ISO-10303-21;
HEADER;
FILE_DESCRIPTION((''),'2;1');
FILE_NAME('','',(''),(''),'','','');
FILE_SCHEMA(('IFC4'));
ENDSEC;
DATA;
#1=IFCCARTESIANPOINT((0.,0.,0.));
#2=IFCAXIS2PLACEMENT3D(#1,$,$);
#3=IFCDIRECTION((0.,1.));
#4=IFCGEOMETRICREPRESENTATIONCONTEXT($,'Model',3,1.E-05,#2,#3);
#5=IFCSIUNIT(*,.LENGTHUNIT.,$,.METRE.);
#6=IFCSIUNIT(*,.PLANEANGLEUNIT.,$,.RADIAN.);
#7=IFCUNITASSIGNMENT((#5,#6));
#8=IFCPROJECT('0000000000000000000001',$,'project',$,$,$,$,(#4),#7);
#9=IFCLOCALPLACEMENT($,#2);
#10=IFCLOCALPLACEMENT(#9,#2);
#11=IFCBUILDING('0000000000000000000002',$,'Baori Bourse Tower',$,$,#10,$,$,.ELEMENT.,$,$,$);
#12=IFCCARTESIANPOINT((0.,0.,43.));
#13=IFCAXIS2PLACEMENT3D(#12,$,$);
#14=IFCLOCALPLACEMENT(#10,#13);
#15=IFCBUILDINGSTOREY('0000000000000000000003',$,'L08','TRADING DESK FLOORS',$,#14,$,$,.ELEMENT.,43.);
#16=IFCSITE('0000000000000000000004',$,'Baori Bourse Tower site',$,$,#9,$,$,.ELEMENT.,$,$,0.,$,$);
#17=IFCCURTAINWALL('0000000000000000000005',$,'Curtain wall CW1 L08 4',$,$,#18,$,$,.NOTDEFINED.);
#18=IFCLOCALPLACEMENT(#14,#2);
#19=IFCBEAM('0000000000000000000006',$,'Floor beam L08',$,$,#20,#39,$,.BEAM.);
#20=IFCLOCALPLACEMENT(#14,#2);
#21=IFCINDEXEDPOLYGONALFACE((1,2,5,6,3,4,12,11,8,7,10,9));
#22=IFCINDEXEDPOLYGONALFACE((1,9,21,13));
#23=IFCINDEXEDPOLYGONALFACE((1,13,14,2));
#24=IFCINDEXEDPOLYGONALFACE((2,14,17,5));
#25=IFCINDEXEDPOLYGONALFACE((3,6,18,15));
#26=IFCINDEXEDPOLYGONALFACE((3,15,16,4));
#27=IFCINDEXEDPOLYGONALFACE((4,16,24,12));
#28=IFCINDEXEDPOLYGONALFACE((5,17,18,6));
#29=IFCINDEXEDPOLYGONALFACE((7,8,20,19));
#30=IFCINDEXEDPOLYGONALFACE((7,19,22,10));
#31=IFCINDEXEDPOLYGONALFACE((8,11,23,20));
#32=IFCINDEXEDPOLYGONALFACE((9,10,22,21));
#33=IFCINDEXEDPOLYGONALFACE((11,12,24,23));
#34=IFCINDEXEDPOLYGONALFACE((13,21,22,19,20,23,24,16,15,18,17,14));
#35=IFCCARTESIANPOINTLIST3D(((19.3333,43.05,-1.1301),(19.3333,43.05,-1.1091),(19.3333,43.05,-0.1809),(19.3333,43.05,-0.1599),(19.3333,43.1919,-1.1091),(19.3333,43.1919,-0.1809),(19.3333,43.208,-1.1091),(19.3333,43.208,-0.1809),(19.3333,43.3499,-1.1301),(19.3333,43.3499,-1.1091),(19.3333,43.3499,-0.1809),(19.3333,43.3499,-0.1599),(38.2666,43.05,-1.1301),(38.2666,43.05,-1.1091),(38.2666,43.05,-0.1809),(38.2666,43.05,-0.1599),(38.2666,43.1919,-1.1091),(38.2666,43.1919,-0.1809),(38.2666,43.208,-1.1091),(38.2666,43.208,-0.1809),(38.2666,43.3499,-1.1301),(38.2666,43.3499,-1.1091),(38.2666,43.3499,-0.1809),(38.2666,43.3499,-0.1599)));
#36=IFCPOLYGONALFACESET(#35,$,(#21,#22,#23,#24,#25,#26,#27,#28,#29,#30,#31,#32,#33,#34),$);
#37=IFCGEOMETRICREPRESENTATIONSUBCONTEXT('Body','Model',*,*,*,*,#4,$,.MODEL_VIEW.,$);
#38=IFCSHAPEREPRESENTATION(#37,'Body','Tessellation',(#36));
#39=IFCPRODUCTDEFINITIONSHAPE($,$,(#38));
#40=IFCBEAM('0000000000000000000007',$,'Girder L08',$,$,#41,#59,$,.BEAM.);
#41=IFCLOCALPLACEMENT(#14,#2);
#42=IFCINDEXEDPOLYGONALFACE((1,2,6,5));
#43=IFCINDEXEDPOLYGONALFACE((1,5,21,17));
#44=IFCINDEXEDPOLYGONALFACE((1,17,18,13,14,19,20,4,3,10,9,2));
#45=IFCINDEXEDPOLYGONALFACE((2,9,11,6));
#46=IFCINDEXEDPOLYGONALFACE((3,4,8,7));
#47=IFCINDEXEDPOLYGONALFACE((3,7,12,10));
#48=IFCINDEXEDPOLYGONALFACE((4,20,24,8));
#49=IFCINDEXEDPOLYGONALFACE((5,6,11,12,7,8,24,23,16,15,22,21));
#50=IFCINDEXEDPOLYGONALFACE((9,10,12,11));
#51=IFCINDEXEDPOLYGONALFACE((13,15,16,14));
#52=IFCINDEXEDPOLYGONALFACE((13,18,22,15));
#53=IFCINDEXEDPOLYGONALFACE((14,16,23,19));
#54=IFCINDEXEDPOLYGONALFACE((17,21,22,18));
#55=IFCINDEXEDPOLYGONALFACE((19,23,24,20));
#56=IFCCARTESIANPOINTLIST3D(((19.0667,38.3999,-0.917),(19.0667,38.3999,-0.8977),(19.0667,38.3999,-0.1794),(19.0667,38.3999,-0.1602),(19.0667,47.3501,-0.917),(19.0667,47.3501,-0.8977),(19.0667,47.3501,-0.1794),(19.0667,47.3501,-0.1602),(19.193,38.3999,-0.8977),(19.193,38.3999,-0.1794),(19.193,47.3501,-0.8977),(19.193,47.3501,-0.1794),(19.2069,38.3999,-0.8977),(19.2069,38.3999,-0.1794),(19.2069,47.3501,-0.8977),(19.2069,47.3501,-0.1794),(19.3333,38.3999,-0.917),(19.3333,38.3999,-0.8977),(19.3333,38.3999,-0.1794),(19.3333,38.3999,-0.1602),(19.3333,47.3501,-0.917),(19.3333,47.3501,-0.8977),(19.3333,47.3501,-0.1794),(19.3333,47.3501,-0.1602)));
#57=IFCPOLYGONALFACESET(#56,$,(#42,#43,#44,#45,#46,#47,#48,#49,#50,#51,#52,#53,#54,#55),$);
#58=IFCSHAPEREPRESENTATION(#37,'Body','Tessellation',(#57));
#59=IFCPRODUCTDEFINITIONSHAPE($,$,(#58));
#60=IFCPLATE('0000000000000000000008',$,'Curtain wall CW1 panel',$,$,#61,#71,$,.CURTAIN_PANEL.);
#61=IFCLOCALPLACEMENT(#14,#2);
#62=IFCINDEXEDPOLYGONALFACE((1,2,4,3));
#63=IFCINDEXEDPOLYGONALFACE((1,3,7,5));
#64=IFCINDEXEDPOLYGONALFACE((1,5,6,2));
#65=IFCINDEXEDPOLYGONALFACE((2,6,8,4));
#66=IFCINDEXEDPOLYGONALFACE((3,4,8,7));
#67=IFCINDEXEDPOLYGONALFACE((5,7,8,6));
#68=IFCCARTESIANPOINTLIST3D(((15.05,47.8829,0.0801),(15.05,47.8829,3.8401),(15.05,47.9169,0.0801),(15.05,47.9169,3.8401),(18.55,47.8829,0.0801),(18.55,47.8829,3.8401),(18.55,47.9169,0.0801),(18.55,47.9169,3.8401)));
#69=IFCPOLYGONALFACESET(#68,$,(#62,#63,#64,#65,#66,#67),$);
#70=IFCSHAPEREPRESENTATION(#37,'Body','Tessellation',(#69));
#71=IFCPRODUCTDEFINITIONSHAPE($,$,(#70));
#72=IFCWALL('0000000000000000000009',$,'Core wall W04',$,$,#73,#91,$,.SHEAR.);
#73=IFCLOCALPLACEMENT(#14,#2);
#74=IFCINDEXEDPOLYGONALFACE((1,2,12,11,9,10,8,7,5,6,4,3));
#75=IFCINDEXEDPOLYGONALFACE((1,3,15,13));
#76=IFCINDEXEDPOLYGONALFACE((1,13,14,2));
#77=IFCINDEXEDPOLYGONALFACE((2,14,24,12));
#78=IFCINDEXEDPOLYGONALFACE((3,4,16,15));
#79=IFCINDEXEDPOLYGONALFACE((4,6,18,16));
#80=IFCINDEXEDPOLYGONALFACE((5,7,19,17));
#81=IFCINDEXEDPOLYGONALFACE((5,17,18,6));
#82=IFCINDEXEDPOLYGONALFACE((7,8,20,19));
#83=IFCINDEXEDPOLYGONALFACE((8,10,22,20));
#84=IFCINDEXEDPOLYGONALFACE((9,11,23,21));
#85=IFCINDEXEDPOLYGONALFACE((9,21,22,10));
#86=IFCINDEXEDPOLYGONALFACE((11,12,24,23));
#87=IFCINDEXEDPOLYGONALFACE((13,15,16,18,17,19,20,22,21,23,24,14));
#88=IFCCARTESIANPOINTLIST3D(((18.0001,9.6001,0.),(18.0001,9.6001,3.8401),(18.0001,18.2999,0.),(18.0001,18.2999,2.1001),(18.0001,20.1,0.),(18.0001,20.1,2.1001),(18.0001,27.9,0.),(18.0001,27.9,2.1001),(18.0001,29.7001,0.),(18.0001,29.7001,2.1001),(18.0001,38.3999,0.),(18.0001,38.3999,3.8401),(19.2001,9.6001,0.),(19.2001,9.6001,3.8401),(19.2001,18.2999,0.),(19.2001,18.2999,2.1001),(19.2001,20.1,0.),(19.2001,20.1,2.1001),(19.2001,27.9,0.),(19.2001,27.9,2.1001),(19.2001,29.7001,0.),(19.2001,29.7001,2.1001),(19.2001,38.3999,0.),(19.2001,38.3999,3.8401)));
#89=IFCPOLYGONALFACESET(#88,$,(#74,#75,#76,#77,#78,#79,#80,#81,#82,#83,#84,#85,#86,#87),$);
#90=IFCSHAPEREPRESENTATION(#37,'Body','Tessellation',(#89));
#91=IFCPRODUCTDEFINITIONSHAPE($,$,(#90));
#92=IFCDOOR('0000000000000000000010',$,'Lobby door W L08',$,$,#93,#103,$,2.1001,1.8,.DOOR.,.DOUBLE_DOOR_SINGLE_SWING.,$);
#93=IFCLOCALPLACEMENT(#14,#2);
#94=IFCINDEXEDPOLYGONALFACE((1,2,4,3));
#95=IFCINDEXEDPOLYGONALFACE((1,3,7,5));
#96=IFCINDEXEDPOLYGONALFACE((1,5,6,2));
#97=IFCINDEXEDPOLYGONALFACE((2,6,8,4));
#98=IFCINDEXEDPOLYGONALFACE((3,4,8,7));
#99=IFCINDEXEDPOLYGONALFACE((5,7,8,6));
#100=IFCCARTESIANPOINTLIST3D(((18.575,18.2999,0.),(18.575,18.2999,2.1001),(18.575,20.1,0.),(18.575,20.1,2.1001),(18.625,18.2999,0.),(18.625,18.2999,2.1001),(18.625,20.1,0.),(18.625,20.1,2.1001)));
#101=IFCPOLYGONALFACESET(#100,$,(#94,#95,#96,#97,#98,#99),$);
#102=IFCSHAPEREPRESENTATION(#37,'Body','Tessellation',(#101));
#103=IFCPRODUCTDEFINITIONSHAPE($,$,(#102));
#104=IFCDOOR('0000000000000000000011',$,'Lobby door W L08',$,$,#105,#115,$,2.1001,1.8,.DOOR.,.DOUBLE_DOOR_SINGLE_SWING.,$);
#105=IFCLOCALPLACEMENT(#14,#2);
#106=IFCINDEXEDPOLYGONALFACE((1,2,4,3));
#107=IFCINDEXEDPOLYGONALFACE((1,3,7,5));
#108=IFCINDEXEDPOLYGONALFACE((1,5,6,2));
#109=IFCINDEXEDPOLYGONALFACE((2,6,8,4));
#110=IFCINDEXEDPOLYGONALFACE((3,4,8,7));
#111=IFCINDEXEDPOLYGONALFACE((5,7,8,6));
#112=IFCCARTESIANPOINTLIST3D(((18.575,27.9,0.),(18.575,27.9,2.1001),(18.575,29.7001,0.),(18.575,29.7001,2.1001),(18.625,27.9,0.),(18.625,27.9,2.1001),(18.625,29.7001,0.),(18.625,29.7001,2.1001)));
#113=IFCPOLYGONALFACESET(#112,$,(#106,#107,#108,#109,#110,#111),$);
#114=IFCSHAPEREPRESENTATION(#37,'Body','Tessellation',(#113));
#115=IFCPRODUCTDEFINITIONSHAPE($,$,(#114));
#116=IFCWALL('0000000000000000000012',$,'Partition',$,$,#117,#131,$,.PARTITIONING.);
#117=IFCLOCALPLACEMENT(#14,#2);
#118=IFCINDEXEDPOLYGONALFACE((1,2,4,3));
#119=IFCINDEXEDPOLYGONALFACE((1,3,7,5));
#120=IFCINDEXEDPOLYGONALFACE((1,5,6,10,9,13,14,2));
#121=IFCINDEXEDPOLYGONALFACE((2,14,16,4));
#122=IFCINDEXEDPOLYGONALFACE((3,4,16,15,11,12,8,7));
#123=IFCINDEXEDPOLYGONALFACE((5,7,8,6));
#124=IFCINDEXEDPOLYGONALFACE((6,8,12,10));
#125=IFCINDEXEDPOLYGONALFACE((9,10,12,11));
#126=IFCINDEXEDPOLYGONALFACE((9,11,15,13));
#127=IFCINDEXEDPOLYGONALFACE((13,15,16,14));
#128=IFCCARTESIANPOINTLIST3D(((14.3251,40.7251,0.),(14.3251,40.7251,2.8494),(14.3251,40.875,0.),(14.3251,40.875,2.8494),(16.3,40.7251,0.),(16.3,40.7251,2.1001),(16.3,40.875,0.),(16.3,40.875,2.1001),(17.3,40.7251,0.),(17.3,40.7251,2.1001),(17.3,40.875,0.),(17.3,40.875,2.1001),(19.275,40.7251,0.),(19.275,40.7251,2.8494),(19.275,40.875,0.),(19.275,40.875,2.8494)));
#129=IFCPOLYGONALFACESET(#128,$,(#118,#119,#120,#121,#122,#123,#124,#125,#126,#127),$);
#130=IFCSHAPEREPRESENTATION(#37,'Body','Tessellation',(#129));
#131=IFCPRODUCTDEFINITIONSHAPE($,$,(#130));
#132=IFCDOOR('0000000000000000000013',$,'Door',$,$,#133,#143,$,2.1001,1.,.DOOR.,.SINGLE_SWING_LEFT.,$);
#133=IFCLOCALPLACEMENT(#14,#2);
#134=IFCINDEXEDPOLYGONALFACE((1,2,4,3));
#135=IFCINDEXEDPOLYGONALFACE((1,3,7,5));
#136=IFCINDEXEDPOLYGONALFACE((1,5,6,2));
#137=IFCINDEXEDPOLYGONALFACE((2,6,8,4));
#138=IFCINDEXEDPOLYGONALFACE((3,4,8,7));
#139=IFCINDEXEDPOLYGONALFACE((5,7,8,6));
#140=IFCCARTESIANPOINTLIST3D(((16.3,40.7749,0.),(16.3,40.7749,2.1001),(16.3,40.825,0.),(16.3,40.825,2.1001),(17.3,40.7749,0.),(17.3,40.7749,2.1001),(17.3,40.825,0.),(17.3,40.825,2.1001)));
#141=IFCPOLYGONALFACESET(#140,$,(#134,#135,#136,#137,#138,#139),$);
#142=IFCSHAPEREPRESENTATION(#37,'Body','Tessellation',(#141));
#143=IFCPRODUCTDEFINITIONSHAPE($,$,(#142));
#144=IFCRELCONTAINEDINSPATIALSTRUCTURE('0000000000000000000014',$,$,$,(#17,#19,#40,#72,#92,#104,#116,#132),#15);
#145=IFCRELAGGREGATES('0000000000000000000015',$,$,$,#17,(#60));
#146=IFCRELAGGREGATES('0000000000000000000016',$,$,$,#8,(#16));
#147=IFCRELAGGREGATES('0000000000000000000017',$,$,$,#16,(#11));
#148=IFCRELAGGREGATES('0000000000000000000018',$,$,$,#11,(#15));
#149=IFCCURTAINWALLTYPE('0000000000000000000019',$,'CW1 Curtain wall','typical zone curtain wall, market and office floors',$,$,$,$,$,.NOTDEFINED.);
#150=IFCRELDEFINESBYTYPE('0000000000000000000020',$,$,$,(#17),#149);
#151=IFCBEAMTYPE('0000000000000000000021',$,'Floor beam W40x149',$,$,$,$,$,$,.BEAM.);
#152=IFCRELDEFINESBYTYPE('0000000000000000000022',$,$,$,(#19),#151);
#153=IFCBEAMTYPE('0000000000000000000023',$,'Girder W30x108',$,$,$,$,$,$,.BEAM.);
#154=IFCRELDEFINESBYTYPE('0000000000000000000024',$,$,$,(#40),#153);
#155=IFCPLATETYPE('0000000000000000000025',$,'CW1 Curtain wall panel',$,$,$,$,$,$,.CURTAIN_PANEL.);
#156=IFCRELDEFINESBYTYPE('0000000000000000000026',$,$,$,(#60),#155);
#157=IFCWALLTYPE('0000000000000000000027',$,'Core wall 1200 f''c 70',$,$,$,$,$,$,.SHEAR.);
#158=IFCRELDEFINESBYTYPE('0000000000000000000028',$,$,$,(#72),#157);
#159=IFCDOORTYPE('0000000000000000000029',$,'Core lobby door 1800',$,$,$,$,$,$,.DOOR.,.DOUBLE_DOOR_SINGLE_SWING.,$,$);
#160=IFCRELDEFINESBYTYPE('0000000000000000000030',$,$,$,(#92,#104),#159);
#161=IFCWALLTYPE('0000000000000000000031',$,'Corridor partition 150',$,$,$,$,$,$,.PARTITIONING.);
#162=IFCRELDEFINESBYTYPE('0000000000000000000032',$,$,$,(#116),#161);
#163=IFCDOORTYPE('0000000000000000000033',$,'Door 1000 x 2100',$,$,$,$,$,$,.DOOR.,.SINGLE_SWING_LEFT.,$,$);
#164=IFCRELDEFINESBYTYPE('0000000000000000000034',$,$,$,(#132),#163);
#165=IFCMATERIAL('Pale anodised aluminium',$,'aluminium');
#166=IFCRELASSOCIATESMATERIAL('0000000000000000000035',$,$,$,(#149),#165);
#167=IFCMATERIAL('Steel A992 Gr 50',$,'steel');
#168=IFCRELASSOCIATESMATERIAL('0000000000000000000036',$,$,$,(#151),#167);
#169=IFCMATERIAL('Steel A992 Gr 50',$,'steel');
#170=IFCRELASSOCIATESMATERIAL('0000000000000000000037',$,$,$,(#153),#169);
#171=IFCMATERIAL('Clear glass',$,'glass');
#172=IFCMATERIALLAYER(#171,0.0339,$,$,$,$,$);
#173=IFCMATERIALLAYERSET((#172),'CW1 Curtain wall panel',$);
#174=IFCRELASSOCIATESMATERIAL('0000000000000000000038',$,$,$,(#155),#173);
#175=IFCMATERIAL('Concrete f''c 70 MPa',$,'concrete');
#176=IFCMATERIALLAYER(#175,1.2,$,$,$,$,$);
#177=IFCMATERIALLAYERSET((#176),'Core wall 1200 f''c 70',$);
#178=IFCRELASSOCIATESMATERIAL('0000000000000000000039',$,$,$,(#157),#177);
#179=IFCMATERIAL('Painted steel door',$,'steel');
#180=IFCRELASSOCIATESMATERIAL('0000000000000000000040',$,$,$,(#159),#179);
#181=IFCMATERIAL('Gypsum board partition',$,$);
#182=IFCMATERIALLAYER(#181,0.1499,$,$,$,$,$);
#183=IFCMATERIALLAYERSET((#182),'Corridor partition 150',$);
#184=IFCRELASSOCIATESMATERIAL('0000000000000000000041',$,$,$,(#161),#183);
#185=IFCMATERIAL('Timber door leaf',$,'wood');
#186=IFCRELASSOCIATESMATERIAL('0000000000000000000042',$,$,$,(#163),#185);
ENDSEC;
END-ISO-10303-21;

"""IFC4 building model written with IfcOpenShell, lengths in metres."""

from ifc_helpers import new_model, si_unit, direction, frame, frame_2d, origin, origin_2d, place, context, subcontext, project, spatial, rectangle, i_section, extrude, material, layer, layer_set, material_profile, profile_set, type_object, element, fill, aggregate, save


model = new_model("IFC4")

# Units and contexts
model_context = context("Model", 3, precision=1e-05, world=origin(), true_north=direction((0.0, 1.0)))
body_context = subcontext(model_context, "Body", "Model", "MODEL_VIEW")
ifc_project = project(units=[si_unit("LENGTHUNIT", "METRE"), si_unit("PLANEANGLEUNIT", "RADIAN")], contexts=[model_context])

# Site, building, storey
site_placement = place(None, origin())
site = spatial("IfcSite", under=ifc_project, at=site_placement, Name="Baori Bourse Tower site", CompositionType="ELEMENT", RefElevation=0.0)
building_placement = place(site_placement, origin())
building = spatial("IfcBuilding", under=site, at=building_placement, Name="Baori Bourse Tower", CompositionType="ELEMENT")
storey_placement = place(building_placement, frame((0.0, 0.0, 43.0)))
storey = spatial("IfcBuildingStorey", under=building, at=storey_placement, Name="L08", Description="TRADING DESK FLOORS", CompositionType="ELEMENT", Elevation=43.0)

# Curtain wall
ifc_material_1 = material(Name="Pale anodised aluminium", Category="aluminium")
curtain_wall_type = type_object("IfcCurtainWallType", Name="CW1 Curtain wall", Description="typical zone curtain wall, market and office floors", PredefinedType="NOTDEFINED", material=ifc_material_1)
curtain_wall_placement = place(storey_placement, origin())
curtain_wall = element("IfcCurtainWall", 1, at=curtain_wall_placement, inside=storey, type_object=curtain_wall_type, Name="Curtain wall CW1 L08 4", PredefinedType="NOTDEFINED")

# Beams
ifc_material_2 = material(Name="Steel A992 Gr 50", Category="steel")
ifc_material_profile_1 = material_profile(ifc_material_2, i_section(OverallWidth=0.2998, OverallDepth=0.9702, WebThickness=0.0161, FlangeThickness=0.021, at=origin_2d()), Name="W40x149")
ifc_profile_set_1 = profile_set([ifc_material_profile_1], Name="Steel A992 Gr 50")
beam_type_1 = type_object("IfcBeamType", Name="Floor beam W40x149", PredefinedType="BEAM", material=ifc_profile_set_1)
beam_1_placement = place(storey_placement, frame((19.3333, 43.2, -0.645), z_axis=(1.0, 0.0, 0.0), x_axis=(0.0, 1.0, 0.0)))
element("IfcBeam", 2, at=beam_1_placement, inside=storey, type_object=beam_type_1, Name="Floor beam L08", PredefinedType="BEAM", context=body_context, shape_type="SweptSolid", body=[
    extrude(i_section(OverallWidth=0.2998, OverallDepth=0.9702, WebThickness=0.0161, FlangeThickness=0.021, at=origin_2d()), origin(), (0.0, 0.0, 1.0), 18.9333),
])
ifc_material_3 = material(Name="Steel A992 Gr 50", Category="steel")
ifc_material_profile_2 = material_profile(ifc_material_3, i_section(OverallWidth=0.2666, OverallDepth=0.7568, WebThickness=0.0139, FlangeThickness=0.0193, at=origin_2d()), Name="W30x108")
ifc_profile_set_2 = profile_set([ifc_material_profile_2], Name="Steel A992 Gr 50")
beam_type_2 = type_object("IfcBeamType", Name="Girder W30x108", PredefinedType="BEAM", material=ifc_profile_set_2)
beam_2_placement = place(storey_placement, frame((19.2, 38.3999, -0.5386), z_axis=(0.0, 1.0, 0.0), x_axis=(-1.0, 0.0, 0.0)))
element("IfcBeam", 3, at=beam_2_placement, inside=storey, type_object=beam_type_2, Name="Girder L08", PredefinedType="BEAM", context=body_context, shape_type="SweptSolid", body=[
    extrude(i_section(OverallWidth=0.2666, OverallDepth=0.7568, WebThickness=0.0139, FlangeThickness=0.0193, at=origin_2d()), origin(), (0.0, 0.0, 1.0), 8.9502),
])

# Plate
ifc_material_4 = material(Name="Clear glass", Category="glass")
ifc_layer_1 = layer(ifc_material_4, 0.0339)
ifc_layer_set_1 = layer_set([ifc_layer_1], Name="CW1 Curtain wall panel")
plate_type = type_object("IfcPlateType", Name="CW1 Curtain wall panel", PredefinedType="CURTAIN_PANEL", material=ifc_layer_set_1)
plate_placement = place(storey_placement, frame((16.8, 47.8999, 0.0801), z_axis=(0.0, 0.0, 1.0), x_axis=(-1.0, 0.0, 0.0)))
plate = element("IfcPlate", 4, at=plate_placement, type_object=plate_type, Name="Curtain wall CW1 panel", PredefinedType="CURTAIN_PANEL", context=body_context, shape_type="SweptSolid", body=[
    extrude(rectangle(XDim=3.5, YDim=0.0339, at=origin_2d()), origin(), (0.0, 0.0, 1.0), 3.76),
])
aggregate(curtain_wall, [plate])

# Wall, openings, doors
ifc_material_5 = material(Name="Concrete f'c 70 MPa", Category="concrete")
ifc_layer_2 = layer(ifc_material_5, 1.2)
ifc_layer_set_2 = layer_set([ifc_layer_2], Name="Core wall 1200 f'c 70")
wall_type_1 = type_object("IfcWallType", Name="Core wall 1200 f'c 70", PredefinedType="SHEAR", material=ifc_layer_set_2)
wall_1_placement = place(storey_placement, frame((18.6001, 38.3999, 0.0), z_axis=(0.0, 0.0, 1.0), x_axis=(0.0, -1.0, 0.0)))
wall_1 = element("IfcWall", 5, at=wall_1_placement, inside=storey, type_object=wall_type_1, Name="Core wall W04", PredefinedType="SHEAR", context=body_context, shape_type="SweptSolid", body=[
    extrude(rectangle(XDim=28.7998, YDim=1.2, at=frame_2d((14.3999, 0.0))), origin(), (0.0, 0.0, 1.0), 3.8401),
])
opening_1_placement = place(wall_1_placement, frame((18.3, 0.0, 0.0)))
opening_1 = element("IfcOpeningElement", 6, at=opening_1_placement, cuts=wall_1, PredefinedType="OPENING", context=body_context, shape_type="SweptSolid", body=[
    extrude(rectangle(XDim=1.8, YDim=2.1001, at=frame_2d((0.8999, 1.05))), frame((0.0, 0.6099, 0.0), z_axis=(0.0, -1.0, 0.0), x_axis=(1.0, 0.0, 0.0)), (0.0, 0.0, 1.0), 1.22),
])
opening_2_placement = place(wall_1_placement, frame((8.7, 0.0, 0.0)))
opening_2 = element("IfcOpeningElement", 7, at=opening_2_placement, cuts=wall_1, PredefinedType="OPENING", context=body_context, shape_type="SweptSolid", body=[
    extrude(rectangle(XDim=1.8, YDim=2.1001, at=frame_2d((0.8999, 1.05))), frame((0.0, 0.6099, 0.0), z_axis=(0.0, -1.0, 0.0), x_axis=(1.0, 0.0, 0.0)), (0.0, 0.0, 1.0), 1.22),
])
ifc_material_6 = material(Name="Painted steel door", Category="steel")
door_type_1 = type_object("IfcDoorType", Name="Core lobby door 1800", OperationType="DOUBLE_DOOR_SINGLE_SWING", PredefinedType="DOOR", material=ifc_material_6)
door_1_placement = place(opening_1_placement, origin())
door_1 = element("IfcDoor", 8, at=door_1_placement, inside=storey, type_object=door_type_1, Name="Lobby door W L08", OperationType="DOUBLE_DOOR_SINGLE_SWING", OverallHeight=2.1001, OverallWidth=1.8, PredefinedType="DOOR", context=body_context, shape_type="SweptSolid", body=[
    extrude(rectangle(XDim=1.8, YDim=2.1001, at=frame_2d((0.8999, 1.05))), frame((0.0, 0.0249, 0.0), z_axis=(0.0, -1.0, 0.0), x_axis=(1.0, 0.0, 0.0)), (0.0, 0.0, 1.0), 0.05),
])
fill(opening_1, door_1)
door_2_placement = place(opening_2_placement, origin())
door_2 = element("IfcDoor", 9, at=door_2_placement, inside=storey, type_object=door_type_1, Name="Lobby door W L08", OperationType="DOUBLE_DOOR_SINGLE_SWING", OverallHeight=2.1001, OverallWidth=1.8, PredefinedType="DOOR", context=body_context, shape_type="SweptSolid", body=[
    extrude(rectangle(XDim=1.8, YDim=2.1001, at=frame_2d((0.8999, 1.05))), frame((0.0, 0.0249, 0.0), z_axis=(0.0, -1.0, 0.0), x_axis=(1.0, 0.0, 0.0)), (0.0, 0.0, 1.0), 0.05),
])
fill(opening_2, door_2)

# Wall, opening, door
ifc_material_7 = material(Name="Gypsum board partition")
ifc_layer_3 = layer(ifc_material_7, 0.1499)
ifc_layer_set_3 = layer_set([ifc_layer_3], Name="Corridor partition 150")
wall_type_2 = type_object("IfcWallType", Name="Corridor partition 150", PredefinedType="PARTITIONING", material=ifc_layer_set_3)
wall_2_placement = place(storey_placement, frame((14.325, 40.8, 0.0), z_axis=(0.0, 0.0, 1.0), x_axis=(1.0, 0.0, 0.0)))
wall_2 = element("IfcWall", 10, at=wall_2_placement, inside=storey, type_object=wall_type_2, Name="Partition", PredefinedType="PARTITIONING", context=body_context, shape_type="SweptSolid", body=[
    extrude(rectangle(XDim=4.95, YDim=0.1499, at=frame_2d((2.4751, 0.0))), origin(), (0.0, 0.0, 1.0), 2.8494),
])
opening_3_placement = place(wall_2_placement, frame((1.9751, 0.0, 0.0)))
opening_3 = element("IfcOpeningElement", 11, at=opening_3_placement, cuts=wall_2, PredefinedType="OPENING", context=body_context, shape_type="SweptSolid", body=[
    extrude(rectangle(XDim=1.0, YDim=2.1001, at=frame_2d((0.5, 1.05))), frame((0.0, 0.085, 0.0), z_axis=(0.0, -1.0, 0.0), x_axis=(1.0, 0.0, 0.0)), (0.0, 0.0, 1.0), 0.1699),
])
ifc_material_8 = material(Name="Timber door leaf", Category="wood")
door_type_2 = type_object("IfcDoorType", Name="Door 1000 x 2100", OperationType="SINGLE_SWING_LEFT", PredefinedType="DOOR", material=ifc_material_8)
door_3_placement = place(opening_3_placement, origin())
door_3 = element("IfcDoor", 12, at=door_3_placement, inside=storey, type_object=door_type_2, Name="Door", OperationType="SINGLE_SWING_LEFT", OverallHeight=2.1001, OverallWidth=1.0, PredefinedType="DOOR", context=body_context, shape_type="SweptSolid", body=[
    extrude(rectangle(XDim=1.0, YDim=2.1001, at=frame_2d((0.5, 1.05))), frame((0.0, 0.0249, 0.0), z_axis=(0.0, -1.0, 0.0), x_axis=(1.0, 0.0, 0.0)), (0.0, 0.0, 1.0), 0.05),
])
fill(opening_3, door_3)

save(model, "model.ifc")
